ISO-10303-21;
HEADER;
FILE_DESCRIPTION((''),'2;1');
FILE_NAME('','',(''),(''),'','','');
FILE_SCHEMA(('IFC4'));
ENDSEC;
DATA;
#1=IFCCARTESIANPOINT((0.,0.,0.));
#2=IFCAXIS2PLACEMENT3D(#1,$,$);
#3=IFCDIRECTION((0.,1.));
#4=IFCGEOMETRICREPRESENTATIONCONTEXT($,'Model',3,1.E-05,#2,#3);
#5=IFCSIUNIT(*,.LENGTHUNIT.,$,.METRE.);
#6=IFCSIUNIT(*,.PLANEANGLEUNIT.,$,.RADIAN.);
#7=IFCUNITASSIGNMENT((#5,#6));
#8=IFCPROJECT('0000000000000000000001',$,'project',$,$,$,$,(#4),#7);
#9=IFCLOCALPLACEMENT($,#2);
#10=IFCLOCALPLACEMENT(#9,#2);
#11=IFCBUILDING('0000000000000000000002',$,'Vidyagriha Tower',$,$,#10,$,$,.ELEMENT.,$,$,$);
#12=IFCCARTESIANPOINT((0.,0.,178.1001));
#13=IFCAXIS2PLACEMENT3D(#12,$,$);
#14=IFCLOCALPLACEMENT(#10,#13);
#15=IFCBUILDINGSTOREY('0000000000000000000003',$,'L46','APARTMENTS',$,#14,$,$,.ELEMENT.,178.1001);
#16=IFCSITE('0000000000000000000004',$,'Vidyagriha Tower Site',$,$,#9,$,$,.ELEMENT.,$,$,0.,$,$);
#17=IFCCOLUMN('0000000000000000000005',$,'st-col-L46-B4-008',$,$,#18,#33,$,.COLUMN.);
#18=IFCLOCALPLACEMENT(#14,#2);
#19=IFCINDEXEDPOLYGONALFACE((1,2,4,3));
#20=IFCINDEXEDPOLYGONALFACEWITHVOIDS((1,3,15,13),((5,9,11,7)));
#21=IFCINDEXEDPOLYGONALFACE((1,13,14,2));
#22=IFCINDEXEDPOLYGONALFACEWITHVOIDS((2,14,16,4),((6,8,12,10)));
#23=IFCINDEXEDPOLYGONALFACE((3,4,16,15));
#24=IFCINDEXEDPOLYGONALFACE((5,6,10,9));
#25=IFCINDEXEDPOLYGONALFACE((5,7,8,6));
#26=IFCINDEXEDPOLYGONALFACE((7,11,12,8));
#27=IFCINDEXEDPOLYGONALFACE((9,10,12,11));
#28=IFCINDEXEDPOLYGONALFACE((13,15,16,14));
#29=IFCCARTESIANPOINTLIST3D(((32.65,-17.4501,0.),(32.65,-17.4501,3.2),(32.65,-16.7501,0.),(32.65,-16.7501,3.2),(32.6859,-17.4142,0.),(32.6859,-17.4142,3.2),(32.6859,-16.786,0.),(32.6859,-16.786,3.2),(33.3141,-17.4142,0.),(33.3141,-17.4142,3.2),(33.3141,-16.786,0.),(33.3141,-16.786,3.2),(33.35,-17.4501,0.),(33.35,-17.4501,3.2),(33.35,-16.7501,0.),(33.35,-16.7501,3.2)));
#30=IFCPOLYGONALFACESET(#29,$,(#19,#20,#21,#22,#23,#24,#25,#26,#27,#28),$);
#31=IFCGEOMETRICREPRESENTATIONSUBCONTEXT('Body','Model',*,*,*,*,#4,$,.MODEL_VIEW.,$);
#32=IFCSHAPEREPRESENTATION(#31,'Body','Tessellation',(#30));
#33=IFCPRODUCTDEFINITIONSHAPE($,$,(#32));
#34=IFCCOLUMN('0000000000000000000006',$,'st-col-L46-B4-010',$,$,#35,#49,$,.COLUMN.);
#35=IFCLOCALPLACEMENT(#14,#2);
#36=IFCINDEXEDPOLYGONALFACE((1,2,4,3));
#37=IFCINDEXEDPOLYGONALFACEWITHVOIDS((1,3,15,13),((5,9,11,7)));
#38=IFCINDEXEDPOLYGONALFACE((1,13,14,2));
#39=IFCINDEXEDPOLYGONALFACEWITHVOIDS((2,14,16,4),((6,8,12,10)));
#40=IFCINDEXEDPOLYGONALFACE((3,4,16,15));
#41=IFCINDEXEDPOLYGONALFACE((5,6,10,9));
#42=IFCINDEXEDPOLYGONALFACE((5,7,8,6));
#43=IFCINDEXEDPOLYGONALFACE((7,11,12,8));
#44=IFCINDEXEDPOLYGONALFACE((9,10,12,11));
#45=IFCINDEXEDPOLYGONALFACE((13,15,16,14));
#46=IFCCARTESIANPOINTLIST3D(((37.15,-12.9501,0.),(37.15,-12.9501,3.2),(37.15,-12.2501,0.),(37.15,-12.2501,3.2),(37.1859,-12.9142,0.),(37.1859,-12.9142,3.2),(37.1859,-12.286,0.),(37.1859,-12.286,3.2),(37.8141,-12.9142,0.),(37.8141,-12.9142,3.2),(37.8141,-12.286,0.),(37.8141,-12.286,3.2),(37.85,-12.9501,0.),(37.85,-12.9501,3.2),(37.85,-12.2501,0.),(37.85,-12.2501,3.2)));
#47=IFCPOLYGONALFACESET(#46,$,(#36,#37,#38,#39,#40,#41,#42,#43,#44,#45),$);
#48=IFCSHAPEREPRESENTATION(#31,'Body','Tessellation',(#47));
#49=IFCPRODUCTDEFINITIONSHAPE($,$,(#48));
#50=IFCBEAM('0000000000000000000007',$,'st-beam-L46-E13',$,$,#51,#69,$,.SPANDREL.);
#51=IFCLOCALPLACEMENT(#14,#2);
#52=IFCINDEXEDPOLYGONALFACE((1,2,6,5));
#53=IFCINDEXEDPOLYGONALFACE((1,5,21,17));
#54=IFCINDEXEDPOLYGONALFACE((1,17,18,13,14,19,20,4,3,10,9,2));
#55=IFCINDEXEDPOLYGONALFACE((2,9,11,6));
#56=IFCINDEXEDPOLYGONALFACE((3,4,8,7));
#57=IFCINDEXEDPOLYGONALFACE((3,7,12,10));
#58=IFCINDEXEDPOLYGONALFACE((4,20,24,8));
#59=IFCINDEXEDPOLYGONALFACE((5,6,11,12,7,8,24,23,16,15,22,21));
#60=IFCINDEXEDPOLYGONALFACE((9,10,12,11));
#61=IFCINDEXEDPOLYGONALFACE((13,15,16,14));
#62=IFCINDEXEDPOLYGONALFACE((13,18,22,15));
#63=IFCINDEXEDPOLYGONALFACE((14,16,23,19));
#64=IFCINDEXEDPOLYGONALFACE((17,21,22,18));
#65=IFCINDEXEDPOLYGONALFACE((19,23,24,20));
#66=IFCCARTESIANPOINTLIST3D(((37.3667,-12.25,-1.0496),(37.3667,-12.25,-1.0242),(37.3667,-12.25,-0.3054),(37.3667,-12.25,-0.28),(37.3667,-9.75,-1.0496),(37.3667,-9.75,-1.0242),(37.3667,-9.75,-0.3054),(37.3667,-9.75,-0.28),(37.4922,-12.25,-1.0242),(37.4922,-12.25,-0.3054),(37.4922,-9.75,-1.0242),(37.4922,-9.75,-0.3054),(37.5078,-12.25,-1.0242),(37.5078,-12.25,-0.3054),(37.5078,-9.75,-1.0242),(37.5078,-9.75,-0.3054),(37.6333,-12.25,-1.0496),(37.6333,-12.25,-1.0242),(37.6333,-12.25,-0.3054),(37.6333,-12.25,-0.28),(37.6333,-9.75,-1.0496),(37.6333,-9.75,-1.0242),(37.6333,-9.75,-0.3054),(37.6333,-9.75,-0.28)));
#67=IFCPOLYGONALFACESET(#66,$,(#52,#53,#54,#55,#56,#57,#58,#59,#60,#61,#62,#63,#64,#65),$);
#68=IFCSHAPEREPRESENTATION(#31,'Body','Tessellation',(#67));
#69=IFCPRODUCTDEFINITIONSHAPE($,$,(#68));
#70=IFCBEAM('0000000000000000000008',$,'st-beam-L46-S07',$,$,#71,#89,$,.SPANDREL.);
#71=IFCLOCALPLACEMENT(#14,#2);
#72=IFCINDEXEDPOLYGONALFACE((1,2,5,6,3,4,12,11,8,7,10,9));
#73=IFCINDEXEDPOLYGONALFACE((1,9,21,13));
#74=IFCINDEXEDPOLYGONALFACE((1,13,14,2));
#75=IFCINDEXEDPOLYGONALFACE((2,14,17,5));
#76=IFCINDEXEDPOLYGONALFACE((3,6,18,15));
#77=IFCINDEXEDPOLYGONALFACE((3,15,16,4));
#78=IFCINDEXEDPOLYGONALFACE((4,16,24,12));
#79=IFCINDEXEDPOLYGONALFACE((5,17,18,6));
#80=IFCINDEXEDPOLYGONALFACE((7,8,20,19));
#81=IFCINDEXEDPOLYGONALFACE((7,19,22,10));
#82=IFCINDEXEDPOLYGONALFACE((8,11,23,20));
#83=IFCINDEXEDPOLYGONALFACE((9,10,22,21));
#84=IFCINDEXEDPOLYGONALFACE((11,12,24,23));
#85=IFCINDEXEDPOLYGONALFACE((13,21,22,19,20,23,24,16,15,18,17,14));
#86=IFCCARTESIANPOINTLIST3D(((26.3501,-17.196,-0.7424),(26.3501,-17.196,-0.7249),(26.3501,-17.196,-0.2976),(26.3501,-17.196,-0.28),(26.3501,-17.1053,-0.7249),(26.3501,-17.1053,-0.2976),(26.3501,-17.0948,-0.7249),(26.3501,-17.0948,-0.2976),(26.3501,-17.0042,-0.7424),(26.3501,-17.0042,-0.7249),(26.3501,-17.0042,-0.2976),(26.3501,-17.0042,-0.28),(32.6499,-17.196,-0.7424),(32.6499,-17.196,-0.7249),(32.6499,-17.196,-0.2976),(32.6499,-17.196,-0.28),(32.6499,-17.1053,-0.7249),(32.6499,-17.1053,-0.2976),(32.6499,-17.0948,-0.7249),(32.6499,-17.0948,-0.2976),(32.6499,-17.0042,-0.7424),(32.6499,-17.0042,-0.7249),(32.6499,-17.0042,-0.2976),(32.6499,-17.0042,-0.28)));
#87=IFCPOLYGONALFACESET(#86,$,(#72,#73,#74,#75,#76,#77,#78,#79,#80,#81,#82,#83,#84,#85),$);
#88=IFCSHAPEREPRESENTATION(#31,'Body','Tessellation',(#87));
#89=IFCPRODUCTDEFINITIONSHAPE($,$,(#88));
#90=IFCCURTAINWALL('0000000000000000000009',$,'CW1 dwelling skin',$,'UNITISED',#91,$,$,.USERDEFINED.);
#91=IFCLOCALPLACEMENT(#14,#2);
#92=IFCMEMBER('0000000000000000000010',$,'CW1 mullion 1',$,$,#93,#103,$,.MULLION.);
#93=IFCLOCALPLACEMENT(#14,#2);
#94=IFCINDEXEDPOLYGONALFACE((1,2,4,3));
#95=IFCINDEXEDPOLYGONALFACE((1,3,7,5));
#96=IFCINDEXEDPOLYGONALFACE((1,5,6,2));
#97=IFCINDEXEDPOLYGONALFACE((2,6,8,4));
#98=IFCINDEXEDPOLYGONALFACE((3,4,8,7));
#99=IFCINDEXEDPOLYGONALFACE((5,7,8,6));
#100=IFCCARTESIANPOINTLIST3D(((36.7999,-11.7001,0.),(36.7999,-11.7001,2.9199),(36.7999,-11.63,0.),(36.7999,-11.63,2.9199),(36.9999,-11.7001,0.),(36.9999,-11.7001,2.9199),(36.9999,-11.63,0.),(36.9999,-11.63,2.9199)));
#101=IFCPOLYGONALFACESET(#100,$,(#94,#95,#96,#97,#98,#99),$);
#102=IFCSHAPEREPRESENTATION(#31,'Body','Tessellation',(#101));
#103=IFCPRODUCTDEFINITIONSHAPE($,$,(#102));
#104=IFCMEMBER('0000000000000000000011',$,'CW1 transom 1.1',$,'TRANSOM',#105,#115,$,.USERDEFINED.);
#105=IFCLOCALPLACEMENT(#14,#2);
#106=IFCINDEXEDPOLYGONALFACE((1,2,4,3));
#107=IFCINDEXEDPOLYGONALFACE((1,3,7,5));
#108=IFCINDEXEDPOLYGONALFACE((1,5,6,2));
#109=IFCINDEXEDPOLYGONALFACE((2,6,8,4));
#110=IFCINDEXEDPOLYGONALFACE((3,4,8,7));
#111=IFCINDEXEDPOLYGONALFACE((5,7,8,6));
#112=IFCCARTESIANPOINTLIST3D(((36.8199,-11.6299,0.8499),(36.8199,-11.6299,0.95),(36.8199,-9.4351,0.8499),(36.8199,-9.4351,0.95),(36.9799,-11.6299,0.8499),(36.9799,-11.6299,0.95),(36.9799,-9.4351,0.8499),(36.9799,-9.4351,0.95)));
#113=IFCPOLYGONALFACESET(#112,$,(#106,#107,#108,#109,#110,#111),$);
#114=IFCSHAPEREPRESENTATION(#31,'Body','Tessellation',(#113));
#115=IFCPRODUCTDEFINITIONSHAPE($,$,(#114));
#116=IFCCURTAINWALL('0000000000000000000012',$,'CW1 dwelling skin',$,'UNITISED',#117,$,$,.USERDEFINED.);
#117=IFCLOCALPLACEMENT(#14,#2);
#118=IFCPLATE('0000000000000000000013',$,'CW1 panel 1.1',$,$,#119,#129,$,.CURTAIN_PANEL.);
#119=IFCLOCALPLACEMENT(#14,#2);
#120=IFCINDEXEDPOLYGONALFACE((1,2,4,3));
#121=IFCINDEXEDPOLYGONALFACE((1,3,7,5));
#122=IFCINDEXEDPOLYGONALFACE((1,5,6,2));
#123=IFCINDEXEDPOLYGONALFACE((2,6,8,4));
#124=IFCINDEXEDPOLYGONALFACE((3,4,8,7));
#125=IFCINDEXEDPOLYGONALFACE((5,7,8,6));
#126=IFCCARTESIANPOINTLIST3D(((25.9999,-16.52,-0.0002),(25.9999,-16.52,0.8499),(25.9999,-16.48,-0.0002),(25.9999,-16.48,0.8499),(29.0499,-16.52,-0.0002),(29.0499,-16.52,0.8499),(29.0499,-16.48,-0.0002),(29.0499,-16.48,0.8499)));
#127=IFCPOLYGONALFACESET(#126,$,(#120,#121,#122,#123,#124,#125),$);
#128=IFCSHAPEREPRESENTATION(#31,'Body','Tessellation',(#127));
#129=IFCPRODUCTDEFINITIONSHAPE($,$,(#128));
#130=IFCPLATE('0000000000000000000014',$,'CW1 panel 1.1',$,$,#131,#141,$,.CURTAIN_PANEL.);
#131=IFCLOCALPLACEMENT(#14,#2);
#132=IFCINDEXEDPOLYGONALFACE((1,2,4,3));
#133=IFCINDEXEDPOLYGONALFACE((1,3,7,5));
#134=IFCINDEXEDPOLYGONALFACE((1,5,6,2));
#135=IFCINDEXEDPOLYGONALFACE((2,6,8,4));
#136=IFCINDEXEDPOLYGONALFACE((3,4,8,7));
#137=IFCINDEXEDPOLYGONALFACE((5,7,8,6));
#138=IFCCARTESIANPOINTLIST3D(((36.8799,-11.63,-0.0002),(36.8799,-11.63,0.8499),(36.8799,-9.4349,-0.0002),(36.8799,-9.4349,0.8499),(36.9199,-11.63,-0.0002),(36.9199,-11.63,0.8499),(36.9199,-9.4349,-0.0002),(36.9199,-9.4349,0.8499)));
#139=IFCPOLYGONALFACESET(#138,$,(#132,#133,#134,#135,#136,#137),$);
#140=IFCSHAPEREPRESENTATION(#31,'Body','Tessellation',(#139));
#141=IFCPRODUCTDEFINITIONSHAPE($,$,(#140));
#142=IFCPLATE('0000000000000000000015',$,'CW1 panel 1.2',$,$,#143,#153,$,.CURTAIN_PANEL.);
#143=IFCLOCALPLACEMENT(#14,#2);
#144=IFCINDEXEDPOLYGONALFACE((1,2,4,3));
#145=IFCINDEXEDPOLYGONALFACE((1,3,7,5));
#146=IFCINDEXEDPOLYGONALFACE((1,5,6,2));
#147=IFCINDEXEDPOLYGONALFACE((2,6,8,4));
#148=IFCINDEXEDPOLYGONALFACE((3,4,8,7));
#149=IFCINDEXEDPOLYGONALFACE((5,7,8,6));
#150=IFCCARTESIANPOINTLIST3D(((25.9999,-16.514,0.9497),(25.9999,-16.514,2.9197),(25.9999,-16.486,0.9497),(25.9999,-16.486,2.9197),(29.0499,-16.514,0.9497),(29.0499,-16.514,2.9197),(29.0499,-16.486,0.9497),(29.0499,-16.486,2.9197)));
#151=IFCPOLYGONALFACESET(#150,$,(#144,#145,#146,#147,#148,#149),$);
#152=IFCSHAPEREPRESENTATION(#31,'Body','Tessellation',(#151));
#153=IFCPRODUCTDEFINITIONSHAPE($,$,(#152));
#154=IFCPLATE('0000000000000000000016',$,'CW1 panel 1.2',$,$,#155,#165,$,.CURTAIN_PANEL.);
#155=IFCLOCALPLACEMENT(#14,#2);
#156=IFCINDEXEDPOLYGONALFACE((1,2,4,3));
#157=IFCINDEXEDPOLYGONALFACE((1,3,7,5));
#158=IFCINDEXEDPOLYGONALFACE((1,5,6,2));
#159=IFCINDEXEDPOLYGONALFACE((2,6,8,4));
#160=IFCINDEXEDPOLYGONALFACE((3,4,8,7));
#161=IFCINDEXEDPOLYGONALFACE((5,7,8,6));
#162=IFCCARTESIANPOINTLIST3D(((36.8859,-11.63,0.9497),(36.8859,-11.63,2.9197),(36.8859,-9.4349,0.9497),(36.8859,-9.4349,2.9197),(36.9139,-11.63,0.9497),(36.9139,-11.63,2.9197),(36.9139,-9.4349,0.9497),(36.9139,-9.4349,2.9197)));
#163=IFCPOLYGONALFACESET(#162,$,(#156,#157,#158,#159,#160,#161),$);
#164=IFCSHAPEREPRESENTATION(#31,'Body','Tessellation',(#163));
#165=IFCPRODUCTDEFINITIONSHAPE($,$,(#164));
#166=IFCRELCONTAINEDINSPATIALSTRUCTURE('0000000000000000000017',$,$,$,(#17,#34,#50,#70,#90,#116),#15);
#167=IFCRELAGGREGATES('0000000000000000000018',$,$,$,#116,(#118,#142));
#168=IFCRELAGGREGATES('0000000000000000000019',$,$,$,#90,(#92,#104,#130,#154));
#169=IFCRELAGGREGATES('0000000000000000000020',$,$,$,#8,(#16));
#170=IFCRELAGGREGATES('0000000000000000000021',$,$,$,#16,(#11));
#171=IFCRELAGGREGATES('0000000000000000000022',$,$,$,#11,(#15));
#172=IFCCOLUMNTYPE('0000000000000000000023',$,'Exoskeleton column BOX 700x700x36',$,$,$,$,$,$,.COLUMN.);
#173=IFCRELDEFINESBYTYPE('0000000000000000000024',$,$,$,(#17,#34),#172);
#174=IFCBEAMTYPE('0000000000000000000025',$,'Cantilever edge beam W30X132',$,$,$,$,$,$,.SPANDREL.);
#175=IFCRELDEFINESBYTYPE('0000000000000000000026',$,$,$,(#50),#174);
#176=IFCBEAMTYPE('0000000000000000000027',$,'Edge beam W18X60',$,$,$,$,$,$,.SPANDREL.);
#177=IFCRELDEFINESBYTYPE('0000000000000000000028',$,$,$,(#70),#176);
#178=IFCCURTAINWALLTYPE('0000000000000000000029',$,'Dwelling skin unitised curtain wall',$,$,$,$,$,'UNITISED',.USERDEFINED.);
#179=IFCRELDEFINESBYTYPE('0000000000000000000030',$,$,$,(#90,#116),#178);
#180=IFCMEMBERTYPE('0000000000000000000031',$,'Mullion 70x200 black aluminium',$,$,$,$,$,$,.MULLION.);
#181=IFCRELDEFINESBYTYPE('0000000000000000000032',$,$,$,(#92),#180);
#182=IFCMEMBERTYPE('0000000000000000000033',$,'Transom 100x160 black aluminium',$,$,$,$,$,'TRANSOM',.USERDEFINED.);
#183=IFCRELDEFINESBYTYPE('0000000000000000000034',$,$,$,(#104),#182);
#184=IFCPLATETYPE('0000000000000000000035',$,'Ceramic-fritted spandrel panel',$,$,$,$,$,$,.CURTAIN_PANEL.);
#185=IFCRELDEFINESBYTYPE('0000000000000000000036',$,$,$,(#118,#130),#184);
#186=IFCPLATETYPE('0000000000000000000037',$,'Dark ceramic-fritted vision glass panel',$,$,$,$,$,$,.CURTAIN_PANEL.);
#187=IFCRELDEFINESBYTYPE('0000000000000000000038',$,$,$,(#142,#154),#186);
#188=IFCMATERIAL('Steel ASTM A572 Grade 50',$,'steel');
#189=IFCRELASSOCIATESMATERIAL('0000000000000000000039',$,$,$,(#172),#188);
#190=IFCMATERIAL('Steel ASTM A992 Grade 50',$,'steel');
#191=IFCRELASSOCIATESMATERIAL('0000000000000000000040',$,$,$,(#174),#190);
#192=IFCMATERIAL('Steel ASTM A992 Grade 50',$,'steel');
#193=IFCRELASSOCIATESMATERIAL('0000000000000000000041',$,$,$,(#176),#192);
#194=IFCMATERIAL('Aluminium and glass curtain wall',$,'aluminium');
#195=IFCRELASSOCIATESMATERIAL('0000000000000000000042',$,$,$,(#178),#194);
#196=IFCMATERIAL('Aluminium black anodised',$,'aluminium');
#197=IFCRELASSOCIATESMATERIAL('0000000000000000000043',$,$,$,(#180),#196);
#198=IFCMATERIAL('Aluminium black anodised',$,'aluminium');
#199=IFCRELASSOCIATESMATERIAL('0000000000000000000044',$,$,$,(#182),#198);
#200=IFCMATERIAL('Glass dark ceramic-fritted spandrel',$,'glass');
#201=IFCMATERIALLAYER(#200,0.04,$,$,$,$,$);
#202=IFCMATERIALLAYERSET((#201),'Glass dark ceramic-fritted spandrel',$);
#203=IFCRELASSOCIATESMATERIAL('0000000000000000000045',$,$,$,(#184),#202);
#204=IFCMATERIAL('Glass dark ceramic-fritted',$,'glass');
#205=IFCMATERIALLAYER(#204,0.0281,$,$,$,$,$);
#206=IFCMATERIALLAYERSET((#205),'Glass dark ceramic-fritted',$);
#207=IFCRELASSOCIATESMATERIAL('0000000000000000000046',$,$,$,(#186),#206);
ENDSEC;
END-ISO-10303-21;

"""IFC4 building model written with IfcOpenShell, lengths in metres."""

from ifc_helpers import new_model, si_unit, direction, frame, origin, origin_2d, place, context, subcontext, project, spatial, rectangle, hollow_rectangle, i_section, extrude, material, layer, layer_set, material_profile, profile_set, type_object, element, aggregate, save


model = new_model("IFC4")

# Units and contexts
model_context = context("Model", 3, precision=1e-05, world=origin(), true_north=direction((0.0, 1.0)))
body_context = subcontext(model_context, "Body", "Model", "MODEL_VIEW")
ifc_project = project(units=[si_unit("LENGTHUNIT", "METRE"), si_unit("PLANEANGLEUNIT", "RADIAN")], contexts=[model_context])

# Site, building, storey
site_placement = place(None, origin())
site = spatial("IfcSite", under=ifc_project, at=site_placement, Name="Vidyagriha Tower Site", CompositionType="ELEMENT", RefElevation=0.0)
building_placement = place(site_placement, origin())
building = spatial("IfcBuilding", under=site, at=building_placement, Name="Vidyagriha Tower", CompositionType="ELEMENT")
storey_placement = place(building_placement, frame((0.0, 0.0, 178.1001)))
storey = spatial("IfcBuildingStorey", under=building, at=storey_placement, Name="L46", Description="APARTMENTS", CompositionType="ELEMENT", Elevation=178.1001)

# Columns
ifc_material_1 = material(Name="Steel ASTM A572 Grade 50", Category="steel")
ifc_material_profile_1 = material_profile(ifc_material_1, hollow_rectangle(XDim=0.7, YDim=0.7, WallThickness=0.0359, at=origin_2d()), Name="BOX 700x700x36")
ifc_profile_set_1 = profile_set([ifc_material_profile_1], Name="Steel ASTM A572 Grade 50")
column_type = type_object("IfcColumnType", Name="Exoskeleton column BOX 700x700x36", PredefinedType="COLUMN", material=ifc_profile_set_1)
for number, where, name in (
    (1, (33.0, -17.1001, 0.0), "st-col-L46-B4-008"),
    (2, (37.5, -12.6001, 0.0), "st-col-L46-B4-010"),
):
    element("IfcColumn", number, at=place(storey_placement, frame(where)), inside=storey, type_object=column_type, Name=name, PredefinedType="COLUMN", context=body_context, shape_type="SweptSolid", body=[
        extrude(hollow_rectangle(XDim=0.7, YDim=0.7, WallThickness=0.0359, at=origin_2d()), origin(), (0.0, 0.0, 1.0), 3.2),
    ])

# Beams
ifc_material_2 = material(Name="Steel ASTM A992 Grade 50", Category="steel")
ifc_material_profile_2 = material_profile(ifc_material_2, i_section(OverallWidth=0.2666, OverallDepth=0.7695, WebThickness=0.0156, FlangeThickness=0.0254, at=origin_2d()), Name="W30X132")
ifc_profile_set_2 = profile_set([ifc_material_profile_2], Name="Steel ASTM A992 Grade 50")
beam_type_1 = type_object("IfcBeamType", Name="Cantilever edge beam W30X132", PredefinedType="SPANDREL", material=ifc_profile_set_2)
beam_1_placement = place(storey_placement, frame((37.5, -12.25, -0.6648), z_axis=(0.0, 1.0, 0.0), x_axis=(-1.0, 0.0, 0.0)))
element("IfcBeam", 3, at=beam_1_placement, inside=storey, type_object=beam_type_1, Name="st-beam-L46-E13", PredefinedType="SPANDREL", context=body_context, shape_type="SweptSolid", body=[
    extrude(i_section(OverallWidth=0.2666, OverallDepth=0.7695, WebThickness=0.0156, FlangeThickness=0.0254, at=origin_2d()), origin(), (0.0, 0.0, 1.0), 2.5),
])
ifc_material_3 = material(Name="Steel ASTM A992 Grade 50", Category="steel")
ifc_material_profile_3 = material_profile(ifc_material_3, i_section(OverallWidth=0.1919, OverallDepth=0.4624, WebThickness=0.0105, FlangeThickness=0.0176, at=origin_2d()), Name="W18X60")
ifc_profile_set_3 = profile_set([ifc_material_profile_3], Name="Steel ASTM A992 Grade 50")
beam_type_2 = type_object("IfcBeamType", Name="Edge beam W18X60", PredefinedType="SPANDREL", material=ifc_profile_set_3)
beam_2_placement = place(storey_placement, frame((26.3501, -17.1001, -0.5112), z_axis=(1.0, 0.0, 0.0), x_axis=(0.0, 1.0, 0.0)))
element("IfcBeam", 4, at=beam_2_placement, inside=storey, type_object=beam_type_2, Name="st-beam-L46-S07", PredefinedType="SPANDREL", context=body_context, shape_type="SweptSolid", body=[
    extrude(i_section(OverallWidth=0.1919, OverallDepth=0.4624, WebThickness=0.0105, FlangeThickness=0.0176, at=origin_2d()), origin(), (0.0, 0.0, 1.0), 6.2998),
])

# Curtain wall, members
ifc_material_4 = material(Name="Aluminium and glass curtain wall", Category="aluminium")
curtain_wall_type = type_object("IfcCurtainWallType", Name="Dwelling skin unitised curtain wall", ElementType="UNITISED", PredefinedType="USERDEFINED", material=ifc_material_4)
curtain_wall_1_placement = place(storey_placement, origin())
curtain_wall_1 = element("IfcCurtainWall", 5, at=curtain_wall_1_placement, inside=storey, type_object=curtain_wall_type, Name="CW1 dwelling skin", ObjectType="UNITISED", PredefinedType="USERDEFINED")
ifc_material_5 = material(Name="Aluminium black anodised", Category="aluminium")
ifc_material_profile_4 = material_profile(ifc_material_5, rectangle(XDim=0.2, YDim=0.0701, at=origin_2d()), Name="Mullion 70x200 black aluminium")
ifc_profile_set_4 = profile_set([ifc_material_profile_4], Name="Aluminium black anodised")
member_type_1 = type_object("IfcMemberType", Name="Mullion 70x200 black aluminium", PredefinedType="MULLION", material=ifc_profile_set_4)
member_1_placement = place(storey_placement, frame((36.8999, -11.665, 0.0), z_axis=(0.0, 0.0, 1.0), x_axis=(-1.0, 0.0, 0.0)))
member_1 = element("IfcMember", 6, at=member_1_placement, type_object=member_type_1, Name="CW1 mullion 1", PredefinedType="MULLION", context=body_context, shape_type="SweptSolid", body=[
    extrude(rectangle(XDim=0.2, YDim=0.0701, at=origin_2d()), origin(), (0.0, 0.0, 1.0), 2.9199),
])
ifc_material_6 = material(Name="Aluminium black anodised", Category="aluminium")
ifc_material_profile_5 = material_profile(ifc_material_6, rectangle(XDim=0.1599, YDim=0.1001, at=origin_2d()), Name="Transom 100x160 black aluminium")
ifc_profile_set_5 = profile_set([ifc_material_profile_5], Name="Aluminium black anodised")
member_type_2 = type_object("IfcMemberType", Name="Transom 100x160 black aluminium", ElementType="TRANSOM", PredefinedType="USERDEFINED", material=ifc_profile_set_5)
member_2_placement = place(storey_placement, frame((36.8999, -11.6299, 0.8999), z_axis=(0.0, 1.0, 0.0), x_axis=(-1.0, 0.0, 0.0)))
member_2 = element("IfcMember", 7, at=member_2_placement, type_object=member_type_2, Name="CW1 transom 1.1", ObjectType="TRANSOM", PredefinedType="USERDEFINED", context=body_context, shape_type="SweptSolid", body=[
    extrude(rectangle(XDim=0.1599, YDim=0.1001, at=origin_2d()), origin(), (0.0, 0.0, 1.0), 2.1948),
])

# Curtain wall, plate
curtain_wall_2_placement = place(storey_placement, origin())
curtain_wall_2 = element("IfcCurtainWall", 8, at=curtain_wall_2_placement, inside=storey, type_object=curtain_wall_type, Name="CW1 dwelling skin", ObjectType="UNITISED", PredefinedType="USERDEFINED")
ifc_material_7 = material(Name="Glass dark ceramic-fritted spandrel", Category="glass")
ifc_layer_1 = layer(ifc_material_7, 0.04)
ifc_layer_set_1 = layer_set([ifc_layer_1], Name="Glass dark ceramic-fritted spandrel")
plate_type_1 = type_object("IfcPlateType", Name="Ceramic-fritted spandrel panel", PredefinedType="CURTAIN_PANEL", material=ifc_layer_set_1)
plate_1_placement = place(storey_placement, frame((27.5249, -16.5, -0.0002)))
plate_1 = element("IfcPlate", 9, at=plate_1_placement, type_object=plate_type_1, Name="CW1 panel 1.1", PredefinedType="CURTAIN_PANEL", context=body_context, shape_type="SweptSolid", body=[
    extrude(rectangle(XDim=3.05, YDim=0.04, at=origin_2d()), origin(), (0.0, 0.0, 1.0), 0.8501),
])

# Plates
plate_2_placement = place(storey_placement, frame((36.8999, -10.5325, -0.0002), z_axis=(0.0, 0.0, 1.0), x_axis=(0.0, 1.0, 0.0)))
plate_2 = element("IfcPlate", 10, at=plate_2_placement, type_object=plate_type_1, Name="CW1 panel 1.1", PredefinedType="CURTAIN_PANEL", context=body_context, shape_type="SweptSolid", body=[
    extrude(rectangle(XDim=2.1951, YDim=0.04, at=origin_2d()), origin(), (0.0, 0.0, 1.0), 0.8501),
])
ifc_material_8 = material(Name="Glass dark ceramic-fritted", Category="glass")
ifc_layer_2 = layer(ifc_material_8, 0.0281)
ifc_layer_set_2 = layer_set([ifc_layer_2], Name="Glass dark ceramic-fritted")
plate_type_2 = type_object("IfcPlateType", Name="Dark ceramic-fritted vision glass panel", PredefinedType="CURTAIN_PANEL", material=ifc_layer_set_2)
plate_3_placement = place(storey_placement, frame((27.5249, -16.5, 0.9497)))
plate_3 = element("IfcPlate", 11, at=plate_3_placement, type_object=plate_type_2, Name="CW1 panel 1.2", PredefinedType="CURTAIN_PANEL", context=body_context, shape_type="SweptSolid", body=[
    extrude(rectangle(XDim=3.05, YDim=0.0281, at=origin_2d()), origin(), (0.0, 0.0, 1.0), 1.97),
])
aggregate(curtain_wall_2, [plate_1, plate_3])
plate_4_placement = place(storey_placement, frame((36.8999, -10.5325, 0.9497), z_axis=(0.0, 0.0, 1.0), x_axis=(0.0, 1.0, 0.0)))
plate_4 = element("IfcPlate", 12, at=plate_4_placement, type_object=plate_type_2, Name="CW1 panel 1.2", PredefinedType="CURTAIN_PANEL", context=body_context, shape_type="SweptSolid", body=[
    extrude(rectangle(XDim=2.1951, YDim=0.0281, at=origin_2d()), origin(), (0.0, 0.0, 1.0), 1.97),
])
aggregate(curtain_wall_1, [member_1, member_2, plate_2, plate_4])

save(model, "model.ifc")
